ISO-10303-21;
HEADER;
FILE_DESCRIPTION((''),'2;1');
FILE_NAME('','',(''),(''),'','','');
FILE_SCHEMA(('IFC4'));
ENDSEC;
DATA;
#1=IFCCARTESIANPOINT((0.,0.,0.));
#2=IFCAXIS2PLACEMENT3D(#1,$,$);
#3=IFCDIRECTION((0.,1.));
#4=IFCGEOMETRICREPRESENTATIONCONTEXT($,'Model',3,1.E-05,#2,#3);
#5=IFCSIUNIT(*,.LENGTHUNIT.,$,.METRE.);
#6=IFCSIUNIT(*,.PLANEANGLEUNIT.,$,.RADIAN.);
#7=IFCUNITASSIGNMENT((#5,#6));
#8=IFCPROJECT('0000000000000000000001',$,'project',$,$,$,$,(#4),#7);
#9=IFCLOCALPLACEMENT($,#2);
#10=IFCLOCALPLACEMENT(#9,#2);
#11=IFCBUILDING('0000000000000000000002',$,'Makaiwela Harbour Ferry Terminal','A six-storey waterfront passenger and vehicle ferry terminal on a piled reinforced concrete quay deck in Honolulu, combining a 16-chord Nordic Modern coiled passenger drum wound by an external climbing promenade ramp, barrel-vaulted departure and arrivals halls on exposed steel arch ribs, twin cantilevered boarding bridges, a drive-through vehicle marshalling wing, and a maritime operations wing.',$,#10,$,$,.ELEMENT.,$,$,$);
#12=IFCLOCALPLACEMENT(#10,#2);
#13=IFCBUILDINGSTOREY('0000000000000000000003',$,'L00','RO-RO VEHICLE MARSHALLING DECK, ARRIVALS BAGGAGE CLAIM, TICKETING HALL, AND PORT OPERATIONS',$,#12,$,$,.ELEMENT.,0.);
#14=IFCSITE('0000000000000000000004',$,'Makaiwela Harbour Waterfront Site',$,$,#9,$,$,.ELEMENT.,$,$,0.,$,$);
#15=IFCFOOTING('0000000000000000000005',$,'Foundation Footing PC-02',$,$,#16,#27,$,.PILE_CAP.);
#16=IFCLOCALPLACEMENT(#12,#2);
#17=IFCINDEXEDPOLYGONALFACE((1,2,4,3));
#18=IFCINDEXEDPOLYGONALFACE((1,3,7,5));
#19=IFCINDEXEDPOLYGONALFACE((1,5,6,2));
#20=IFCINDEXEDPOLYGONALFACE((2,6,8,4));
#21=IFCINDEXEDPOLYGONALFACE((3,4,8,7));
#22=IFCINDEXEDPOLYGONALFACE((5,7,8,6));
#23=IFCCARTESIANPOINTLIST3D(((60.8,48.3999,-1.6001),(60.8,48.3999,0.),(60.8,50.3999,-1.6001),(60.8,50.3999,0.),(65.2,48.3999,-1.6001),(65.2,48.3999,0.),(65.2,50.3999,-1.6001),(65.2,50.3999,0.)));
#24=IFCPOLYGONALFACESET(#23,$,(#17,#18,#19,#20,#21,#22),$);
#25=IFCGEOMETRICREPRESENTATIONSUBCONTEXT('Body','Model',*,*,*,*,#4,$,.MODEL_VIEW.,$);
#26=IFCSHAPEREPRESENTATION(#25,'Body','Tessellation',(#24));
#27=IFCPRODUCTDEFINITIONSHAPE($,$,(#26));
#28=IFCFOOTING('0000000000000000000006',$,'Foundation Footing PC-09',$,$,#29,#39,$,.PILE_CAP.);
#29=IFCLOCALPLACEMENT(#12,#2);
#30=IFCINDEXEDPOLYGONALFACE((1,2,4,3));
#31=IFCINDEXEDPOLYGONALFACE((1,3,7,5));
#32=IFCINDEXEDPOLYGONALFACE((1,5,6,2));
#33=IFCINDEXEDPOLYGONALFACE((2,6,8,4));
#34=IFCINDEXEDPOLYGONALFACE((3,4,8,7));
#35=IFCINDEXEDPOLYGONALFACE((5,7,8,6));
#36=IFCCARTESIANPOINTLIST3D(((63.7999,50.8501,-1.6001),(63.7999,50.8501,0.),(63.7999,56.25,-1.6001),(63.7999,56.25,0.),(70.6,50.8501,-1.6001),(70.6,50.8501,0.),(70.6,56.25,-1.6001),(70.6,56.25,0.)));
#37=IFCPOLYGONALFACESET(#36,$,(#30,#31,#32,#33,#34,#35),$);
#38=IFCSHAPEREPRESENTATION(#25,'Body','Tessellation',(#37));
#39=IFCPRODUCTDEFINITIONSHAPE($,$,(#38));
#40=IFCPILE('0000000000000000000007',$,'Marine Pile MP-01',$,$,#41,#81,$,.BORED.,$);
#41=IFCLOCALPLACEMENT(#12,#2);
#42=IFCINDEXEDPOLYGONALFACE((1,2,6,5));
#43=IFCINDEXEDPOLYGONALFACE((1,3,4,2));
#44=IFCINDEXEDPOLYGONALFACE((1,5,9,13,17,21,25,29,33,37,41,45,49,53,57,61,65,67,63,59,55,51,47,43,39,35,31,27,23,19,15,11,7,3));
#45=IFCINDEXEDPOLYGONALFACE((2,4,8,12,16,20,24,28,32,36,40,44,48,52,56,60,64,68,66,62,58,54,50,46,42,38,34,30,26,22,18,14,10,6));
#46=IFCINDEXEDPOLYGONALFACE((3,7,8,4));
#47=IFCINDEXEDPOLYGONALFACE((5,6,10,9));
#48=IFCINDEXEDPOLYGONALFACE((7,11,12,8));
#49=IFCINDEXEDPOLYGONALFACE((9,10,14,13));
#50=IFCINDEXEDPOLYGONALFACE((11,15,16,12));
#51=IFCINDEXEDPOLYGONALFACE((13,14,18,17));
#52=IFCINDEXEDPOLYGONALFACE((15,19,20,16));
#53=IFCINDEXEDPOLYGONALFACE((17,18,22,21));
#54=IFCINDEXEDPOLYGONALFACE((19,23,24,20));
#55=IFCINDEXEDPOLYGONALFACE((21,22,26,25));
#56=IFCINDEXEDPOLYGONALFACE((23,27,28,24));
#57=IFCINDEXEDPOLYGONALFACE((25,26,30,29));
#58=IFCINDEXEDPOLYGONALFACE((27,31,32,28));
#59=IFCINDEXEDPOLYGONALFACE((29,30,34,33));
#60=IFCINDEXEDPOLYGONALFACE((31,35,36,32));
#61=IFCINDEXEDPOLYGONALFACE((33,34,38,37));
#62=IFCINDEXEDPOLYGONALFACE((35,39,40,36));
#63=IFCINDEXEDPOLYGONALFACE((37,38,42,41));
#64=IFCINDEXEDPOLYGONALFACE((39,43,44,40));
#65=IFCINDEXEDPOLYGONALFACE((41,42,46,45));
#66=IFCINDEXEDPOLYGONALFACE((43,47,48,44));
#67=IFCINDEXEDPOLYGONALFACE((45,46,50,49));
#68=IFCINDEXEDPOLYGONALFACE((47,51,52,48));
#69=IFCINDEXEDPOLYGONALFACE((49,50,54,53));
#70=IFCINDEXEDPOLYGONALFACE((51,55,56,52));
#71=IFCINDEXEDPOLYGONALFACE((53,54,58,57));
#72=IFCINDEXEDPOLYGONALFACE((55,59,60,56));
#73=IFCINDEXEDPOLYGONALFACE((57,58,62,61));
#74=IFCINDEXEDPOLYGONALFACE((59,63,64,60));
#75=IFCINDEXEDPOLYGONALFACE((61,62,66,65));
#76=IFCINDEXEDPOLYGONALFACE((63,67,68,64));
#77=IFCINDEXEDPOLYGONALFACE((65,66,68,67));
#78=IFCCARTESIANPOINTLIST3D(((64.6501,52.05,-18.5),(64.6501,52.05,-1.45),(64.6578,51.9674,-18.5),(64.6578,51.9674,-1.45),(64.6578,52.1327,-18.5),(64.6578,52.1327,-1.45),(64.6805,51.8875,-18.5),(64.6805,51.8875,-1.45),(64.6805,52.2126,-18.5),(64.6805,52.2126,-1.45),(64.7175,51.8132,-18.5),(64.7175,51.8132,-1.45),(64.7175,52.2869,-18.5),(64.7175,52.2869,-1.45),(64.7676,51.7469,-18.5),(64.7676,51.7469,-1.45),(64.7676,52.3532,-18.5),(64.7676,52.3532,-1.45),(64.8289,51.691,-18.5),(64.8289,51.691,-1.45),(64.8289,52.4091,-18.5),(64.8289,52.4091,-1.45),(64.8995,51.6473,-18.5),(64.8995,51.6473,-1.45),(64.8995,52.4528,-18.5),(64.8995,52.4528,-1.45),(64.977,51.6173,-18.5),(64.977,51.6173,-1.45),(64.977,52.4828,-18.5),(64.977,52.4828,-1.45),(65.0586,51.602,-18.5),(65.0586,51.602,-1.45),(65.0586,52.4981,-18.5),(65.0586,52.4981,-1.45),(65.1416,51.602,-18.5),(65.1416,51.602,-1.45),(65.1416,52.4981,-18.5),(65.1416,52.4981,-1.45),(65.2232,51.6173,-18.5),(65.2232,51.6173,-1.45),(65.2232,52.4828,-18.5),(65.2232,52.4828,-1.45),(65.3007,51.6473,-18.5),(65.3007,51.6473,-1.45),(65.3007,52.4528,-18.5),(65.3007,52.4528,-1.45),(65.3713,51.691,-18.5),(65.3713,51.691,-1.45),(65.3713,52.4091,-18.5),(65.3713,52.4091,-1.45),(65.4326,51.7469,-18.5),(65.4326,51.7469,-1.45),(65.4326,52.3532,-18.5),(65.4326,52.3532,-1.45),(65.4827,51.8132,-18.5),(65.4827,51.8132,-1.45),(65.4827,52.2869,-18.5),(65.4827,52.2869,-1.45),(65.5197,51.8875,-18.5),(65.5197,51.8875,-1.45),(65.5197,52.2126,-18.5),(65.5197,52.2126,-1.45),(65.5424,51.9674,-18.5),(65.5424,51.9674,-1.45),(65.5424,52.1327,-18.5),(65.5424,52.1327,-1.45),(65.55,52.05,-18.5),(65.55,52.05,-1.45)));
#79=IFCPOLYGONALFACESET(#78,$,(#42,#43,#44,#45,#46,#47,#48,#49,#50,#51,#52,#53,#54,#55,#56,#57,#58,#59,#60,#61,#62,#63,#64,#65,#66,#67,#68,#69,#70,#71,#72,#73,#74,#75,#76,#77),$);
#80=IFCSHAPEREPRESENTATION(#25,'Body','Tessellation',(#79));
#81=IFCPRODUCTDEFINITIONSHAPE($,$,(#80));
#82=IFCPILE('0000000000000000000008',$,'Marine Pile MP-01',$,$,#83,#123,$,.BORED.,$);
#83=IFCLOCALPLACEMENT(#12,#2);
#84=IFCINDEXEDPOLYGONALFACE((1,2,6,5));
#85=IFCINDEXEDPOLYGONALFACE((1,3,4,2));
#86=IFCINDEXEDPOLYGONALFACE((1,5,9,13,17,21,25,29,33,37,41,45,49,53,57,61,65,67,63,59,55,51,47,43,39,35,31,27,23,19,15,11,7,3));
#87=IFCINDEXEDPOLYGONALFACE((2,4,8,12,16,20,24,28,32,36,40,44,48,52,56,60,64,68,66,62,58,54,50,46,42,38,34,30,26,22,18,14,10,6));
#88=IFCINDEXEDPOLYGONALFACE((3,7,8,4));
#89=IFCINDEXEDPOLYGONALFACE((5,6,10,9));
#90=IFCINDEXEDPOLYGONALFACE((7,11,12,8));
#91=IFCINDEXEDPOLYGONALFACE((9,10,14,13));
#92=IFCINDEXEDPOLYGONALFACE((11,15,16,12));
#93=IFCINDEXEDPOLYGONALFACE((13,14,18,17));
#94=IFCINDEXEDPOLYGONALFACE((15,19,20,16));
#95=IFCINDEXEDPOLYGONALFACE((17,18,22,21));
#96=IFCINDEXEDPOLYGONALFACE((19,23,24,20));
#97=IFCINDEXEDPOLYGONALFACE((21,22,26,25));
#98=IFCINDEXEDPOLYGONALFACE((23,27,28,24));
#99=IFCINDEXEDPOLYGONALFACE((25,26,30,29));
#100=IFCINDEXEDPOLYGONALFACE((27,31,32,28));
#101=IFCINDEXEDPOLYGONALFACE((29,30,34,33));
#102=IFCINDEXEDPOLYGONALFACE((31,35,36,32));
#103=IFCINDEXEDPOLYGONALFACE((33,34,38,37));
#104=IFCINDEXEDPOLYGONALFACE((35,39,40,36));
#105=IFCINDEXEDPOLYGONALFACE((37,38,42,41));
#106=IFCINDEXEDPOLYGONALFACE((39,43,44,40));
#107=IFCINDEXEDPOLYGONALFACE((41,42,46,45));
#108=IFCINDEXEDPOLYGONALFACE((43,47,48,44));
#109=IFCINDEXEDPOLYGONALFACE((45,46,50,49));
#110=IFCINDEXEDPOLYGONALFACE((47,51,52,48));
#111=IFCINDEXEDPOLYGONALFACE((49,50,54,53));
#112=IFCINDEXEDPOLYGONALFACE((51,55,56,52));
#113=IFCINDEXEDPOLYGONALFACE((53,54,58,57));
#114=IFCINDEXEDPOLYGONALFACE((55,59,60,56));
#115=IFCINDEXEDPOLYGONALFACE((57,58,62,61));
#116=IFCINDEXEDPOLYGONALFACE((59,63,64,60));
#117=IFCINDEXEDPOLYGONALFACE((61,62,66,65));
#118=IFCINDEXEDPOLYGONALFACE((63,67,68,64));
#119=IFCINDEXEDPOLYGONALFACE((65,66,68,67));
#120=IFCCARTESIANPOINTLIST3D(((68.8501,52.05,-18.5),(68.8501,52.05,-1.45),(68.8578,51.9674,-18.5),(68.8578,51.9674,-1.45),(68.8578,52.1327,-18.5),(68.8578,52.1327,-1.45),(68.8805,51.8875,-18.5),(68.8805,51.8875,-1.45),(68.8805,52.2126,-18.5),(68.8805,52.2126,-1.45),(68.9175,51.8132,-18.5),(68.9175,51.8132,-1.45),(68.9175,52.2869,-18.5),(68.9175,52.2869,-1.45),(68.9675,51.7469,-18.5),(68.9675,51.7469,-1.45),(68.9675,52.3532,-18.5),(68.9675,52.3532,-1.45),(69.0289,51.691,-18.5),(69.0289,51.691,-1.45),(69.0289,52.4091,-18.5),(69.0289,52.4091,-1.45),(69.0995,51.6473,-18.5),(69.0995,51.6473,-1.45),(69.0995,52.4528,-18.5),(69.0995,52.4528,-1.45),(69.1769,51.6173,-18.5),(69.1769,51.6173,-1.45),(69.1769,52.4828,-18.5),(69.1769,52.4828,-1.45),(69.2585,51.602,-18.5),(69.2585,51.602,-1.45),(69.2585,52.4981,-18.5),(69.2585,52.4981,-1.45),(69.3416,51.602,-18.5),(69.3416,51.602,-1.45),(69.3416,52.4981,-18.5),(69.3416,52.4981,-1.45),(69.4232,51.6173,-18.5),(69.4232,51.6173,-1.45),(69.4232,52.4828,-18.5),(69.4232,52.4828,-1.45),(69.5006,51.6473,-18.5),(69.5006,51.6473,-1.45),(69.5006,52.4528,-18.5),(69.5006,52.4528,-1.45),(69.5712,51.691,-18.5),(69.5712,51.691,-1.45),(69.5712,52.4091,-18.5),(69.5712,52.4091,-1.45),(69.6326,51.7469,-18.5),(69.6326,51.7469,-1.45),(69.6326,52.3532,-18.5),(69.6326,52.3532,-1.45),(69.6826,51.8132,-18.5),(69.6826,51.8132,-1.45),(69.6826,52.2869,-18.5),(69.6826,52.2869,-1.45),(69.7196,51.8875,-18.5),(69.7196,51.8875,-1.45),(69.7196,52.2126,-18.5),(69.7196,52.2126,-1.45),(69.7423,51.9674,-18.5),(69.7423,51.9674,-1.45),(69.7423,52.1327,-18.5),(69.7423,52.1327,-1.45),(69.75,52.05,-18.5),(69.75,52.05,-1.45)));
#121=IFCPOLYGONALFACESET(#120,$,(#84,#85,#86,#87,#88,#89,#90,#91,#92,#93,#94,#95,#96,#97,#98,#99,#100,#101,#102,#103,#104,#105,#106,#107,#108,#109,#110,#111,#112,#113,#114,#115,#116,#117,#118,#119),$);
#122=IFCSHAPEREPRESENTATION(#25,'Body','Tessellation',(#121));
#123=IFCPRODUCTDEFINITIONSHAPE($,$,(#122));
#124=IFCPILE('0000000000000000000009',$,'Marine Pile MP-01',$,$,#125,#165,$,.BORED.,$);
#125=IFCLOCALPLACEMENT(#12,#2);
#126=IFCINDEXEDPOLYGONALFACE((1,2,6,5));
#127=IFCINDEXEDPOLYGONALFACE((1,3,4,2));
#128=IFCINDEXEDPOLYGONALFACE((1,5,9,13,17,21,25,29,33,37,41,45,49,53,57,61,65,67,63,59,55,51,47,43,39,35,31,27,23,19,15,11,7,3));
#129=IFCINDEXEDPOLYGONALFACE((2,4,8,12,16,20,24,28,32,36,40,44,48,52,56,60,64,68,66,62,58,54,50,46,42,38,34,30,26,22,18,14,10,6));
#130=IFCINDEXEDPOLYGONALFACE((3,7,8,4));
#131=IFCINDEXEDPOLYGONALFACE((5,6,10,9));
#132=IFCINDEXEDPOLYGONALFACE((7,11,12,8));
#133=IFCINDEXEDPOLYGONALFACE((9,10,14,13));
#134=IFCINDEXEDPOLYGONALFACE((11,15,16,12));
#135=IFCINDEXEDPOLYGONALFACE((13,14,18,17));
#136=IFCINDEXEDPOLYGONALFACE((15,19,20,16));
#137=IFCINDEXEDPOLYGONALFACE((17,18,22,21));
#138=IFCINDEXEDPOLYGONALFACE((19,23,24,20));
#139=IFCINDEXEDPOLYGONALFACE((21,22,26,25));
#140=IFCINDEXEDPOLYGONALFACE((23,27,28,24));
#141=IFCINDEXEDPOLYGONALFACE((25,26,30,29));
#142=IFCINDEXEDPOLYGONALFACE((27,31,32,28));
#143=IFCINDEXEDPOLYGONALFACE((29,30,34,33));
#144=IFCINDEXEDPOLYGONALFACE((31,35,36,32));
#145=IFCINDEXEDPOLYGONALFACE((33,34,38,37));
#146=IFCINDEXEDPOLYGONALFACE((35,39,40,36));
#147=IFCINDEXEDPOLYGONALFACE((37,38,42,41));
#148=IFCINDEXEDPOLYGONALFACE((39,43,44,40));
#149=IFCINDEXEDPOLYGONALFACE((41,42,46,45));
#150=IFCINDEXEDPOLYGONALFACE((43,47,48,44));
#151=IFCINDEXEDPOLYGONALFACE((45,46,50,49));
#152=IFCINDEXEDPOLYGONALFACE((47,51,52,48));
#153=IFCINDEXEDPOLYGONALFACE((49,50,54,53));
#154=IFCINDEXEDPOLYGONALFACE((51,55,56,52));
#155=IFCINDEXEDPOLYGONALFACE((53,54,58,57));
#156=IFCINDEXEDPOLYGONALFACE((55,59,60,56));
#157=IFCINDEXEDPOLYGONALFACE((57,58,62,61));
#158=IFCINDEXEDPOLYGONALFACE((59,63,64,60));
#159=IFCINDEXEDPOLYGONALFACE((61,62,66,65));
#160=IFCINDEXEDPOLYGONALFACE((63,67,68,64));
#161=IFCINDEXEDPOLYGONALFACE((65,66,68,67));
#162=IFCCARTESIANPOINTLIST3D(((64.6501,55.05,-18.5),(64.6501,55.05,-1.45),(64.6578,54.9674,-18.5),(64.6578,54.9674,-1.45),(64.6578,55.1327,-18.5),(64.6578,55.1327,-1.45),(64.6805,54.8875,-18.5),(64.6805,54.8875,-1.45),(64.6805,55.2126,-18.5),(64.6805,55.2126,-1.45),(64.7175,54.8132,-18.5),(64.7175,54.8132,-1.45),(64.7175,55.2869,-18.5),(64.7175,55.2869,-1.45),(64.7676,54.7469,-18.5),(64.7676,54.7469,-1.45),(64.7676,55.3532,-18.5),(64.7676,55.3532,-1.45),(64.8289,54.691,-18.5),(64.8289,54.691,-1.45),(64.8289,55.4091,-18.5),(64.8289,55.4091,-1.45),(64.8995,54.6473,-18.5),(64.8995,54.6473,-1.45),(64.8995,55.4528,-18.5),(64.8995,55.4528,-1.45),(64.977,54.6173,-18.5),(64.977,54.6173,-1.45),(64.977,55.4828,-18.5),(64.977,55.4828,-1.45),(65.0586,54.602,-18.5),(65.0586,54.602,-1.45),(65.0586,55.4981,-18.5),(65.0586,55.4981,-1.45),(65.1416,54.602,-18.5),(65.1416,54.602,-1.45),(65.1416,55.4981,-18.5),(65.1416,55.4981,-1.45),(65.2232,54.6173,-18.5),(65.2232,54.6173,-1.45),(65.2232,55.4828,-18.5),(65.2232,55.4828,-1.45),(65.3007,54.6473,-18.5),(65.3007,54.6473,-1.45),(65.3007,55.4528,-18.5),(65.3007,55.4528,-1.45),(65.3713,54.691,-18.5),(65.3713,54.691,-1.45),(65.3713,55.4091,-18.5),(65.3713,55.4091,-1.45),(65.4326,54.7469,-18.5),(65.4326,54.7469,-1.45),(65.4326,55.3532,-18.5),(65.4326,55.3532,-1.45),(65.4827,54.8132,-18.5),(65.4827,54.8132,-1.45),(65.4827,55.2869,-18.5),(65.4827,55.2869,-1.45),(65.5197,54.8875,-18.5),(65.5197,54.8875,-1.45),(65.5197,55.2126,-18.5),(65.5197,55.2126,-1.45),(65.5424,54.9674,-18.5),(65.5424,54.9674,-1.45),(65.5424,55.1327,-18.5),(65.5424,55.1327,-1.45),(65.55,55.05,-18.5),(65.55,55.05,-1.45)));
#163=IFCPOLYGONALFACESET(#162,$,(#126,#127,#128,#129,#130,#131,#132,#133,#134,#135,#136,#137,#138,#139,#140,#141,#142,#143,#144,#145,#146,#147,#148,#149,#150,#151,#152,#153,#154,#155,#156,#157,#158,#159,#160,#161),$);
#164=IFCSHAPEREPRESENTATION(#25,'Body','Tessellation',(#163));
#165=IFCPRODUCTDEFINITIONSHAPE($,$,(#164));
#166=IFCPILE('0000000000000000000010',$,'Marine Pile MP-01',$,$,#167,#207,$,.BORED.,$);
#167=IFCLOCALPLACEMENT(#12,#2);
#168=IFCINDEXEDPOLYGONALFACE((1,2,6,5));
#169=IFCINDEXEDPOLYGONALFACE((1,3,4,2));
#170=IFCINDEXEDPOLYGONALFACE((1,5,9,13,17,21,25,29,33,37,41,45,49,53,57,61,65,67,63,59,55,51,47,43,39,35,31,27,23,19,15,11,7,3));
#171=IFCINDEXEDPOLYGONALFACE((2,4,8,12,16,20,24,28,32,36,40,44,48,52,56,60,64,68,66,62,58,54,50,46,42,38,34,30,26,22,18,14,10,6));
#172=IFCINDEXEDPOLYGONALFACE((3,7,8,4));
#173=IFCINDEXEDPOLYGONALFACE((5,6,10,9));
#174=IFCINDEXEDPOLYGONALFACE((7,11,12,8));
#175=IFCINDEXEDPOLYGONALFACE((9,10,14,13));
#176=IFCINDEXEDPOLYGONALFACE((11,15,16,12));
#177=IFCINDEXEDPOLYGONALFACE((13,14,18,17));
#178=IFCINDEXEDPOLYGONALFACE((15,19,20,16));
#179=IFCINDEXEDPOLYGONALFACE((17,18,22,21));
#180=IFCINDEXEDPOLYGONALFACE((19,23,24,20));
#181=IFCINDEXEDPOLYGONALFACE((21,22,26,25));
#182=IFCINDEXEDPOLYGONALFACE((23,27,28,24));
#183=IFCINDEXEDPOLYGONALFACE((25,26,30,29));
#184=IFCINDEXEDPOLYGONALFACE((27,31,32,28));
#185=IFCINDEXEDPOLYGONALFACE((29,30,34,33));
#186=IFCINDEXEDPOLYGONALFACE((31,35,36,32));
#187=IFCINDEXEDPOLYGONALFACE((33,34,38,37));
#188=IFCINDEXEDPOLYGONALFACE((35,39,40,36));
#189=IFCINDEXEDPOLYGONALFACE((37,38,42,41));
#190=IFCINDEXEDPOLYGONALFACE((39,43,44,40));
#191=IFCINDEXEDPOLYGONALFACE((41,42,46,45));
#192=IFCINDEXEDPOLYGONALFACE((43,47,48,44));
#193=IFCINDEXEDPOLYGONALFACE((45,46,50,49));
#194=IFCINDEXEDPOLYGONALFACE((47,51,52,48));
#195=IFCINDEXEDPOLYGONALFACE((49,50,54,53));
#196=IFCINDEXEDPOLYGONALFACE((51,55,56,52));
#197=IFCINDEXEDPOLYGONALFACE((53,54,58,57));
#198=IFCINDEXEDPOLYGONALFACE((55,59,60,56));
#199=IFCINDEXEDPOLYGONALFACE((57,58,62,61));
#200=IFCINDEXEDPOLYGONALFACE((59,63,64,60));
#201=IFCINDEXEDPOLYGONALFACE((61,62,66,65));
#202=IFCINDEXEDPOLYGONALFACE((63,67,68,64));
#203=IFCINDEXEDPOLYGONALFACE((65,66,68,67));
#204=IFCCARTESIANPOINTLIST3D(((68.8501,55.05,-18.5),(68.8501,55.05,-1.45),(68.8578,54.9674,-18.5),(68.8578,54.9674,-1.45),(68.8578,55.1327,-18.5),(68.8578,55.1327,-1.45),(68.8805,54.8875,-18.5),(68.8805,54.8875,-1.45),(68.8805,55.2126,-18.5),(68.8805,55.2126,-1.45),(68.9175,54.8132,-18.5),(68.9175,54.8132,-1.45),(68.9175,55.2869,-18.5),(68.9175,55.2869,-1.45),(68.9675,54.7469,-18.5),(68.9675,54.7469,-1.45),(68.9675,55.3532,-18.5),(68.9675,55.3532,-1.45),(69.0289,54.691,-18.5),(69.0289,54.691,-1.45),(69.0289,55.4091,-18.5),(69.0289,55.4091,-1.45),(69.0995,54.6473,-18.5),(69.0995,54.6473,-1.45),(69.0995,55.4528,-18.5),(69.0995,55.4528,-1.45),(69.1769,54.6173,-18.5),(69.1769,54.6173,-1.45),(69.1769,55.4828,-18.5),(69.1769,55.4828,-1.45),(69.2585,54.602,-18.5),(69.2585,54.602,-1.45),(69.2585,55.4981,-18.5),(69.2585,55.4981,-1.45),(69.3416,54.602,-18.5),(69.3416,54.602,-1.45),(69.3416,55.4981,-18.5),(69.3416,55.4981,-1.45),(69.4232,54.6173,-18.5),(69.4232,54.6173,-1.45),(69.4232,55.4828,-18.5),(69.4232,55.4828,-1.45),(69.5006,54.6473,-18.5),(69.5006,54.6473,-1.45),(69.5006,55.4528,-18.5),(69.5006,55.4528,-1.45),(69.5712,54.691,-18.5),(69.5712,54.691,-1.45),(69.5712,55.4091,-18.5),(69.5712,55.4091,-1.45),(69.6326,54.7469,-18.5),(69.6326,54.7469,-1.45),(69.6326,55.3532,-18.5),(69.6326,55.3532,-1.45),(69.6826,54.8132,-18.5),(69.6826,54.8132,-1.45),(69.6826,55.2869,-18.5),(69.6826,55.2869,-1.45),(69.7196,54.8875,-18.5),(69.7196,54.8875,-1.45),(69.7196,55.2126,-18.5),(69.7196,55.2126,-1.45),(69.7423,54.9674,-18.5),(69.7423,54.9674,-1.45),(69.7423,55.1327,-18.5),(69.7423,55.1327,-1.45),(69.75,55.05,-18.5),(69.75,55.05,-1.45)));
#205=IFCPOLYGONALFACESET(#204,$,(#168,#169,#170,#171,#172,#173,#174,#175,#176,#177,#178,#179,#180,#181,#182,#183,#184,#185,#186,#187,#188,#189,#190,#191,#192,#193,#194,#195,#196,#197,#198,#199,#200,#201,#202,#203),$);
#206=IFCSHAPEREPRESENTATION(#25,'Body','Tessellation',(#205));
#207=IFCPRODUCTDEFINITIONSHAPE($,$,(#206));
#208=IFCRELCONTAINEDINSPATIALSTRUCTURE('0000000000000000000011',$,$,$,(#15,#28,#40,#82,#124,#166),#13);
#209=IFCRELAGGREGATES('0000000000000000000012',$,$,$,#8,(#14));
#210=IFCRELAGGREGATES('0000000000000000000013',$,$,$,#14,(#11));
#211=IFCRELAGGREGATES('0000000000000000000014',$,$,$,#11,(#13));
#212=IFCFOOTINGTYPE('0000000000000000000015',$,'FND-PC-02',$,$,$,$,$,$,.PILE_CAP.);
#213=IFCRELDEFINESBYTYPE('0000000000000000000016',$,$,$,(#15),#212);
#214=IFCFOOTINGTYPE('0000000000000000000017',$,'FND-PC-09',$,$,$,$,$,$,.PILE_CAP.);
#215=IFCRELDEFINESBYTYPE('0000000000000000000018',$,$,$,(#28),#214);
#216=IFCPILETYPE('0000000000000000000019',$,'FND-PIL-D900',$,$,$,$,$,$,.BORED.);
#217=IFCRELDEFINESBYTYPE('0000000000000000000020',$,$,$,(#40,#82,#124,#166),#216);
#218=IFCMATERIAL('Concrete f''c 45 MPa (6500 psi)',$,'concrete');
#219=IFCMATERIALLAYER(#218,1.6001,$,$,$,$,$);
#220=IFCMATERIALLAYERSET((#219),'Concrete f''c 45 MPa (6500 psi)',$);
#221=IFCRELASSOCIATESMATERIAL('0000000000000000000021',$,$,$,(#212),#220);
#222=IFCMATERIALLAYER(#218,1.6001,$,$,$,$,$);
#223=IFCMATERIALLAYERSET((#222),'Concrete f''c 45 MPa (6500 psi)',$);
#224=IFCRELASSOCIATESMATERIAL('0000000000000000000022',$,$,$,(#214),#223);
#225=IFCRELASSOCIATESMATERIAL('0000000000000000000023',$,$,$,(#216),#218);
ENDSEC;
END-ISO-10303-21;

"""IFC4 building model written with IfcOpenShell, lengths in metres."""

from ifc_helpers import new_model, si_unit, direction, frame, origin, origin_2d, place, context, subcontext, project, spatial, rectangle, circle, extrude, material, layer, layer_set, material_profile, profile_set, type_object, element, save


model = new_model("IFC4")

# Units and contexts
model_context = context("Model", 3, precision=1e-05, world=origin(), true_north=direction((0.0, 1.0)))
body_context = subcontext(model_context, "Body", "Model", "MODEL_VIEW")
ifc_project = project(units=[si_unit("LENGTHUNIT", "METRE"), si_unit("PLANEANGLEUNIT", "RADIAN")], contexts=[model_context])

# Site, building, storey
site_placement = place(None, origin())
site = spatial("IfcSite", under=ifc_project, at=site_placement, Name="Makaiwela Harbour Waterfront Site", CompositionType="ELEMENT", RefElevation=0.0)
building_placement = place(site_placement, origin())
building = spatial("IfcBuilding", under=site, at=building_placement, Name="Makaiwela Harbour Ferry Terminal", Description="A six-storey waterfront passenger and vehicle ferry terminal on a piled reinforced concrete quay deck in Honolulu, combining a 16-chord Nordic Modern coiled passenger drum wound by an external climbing promenade ramp, barrel-vaulted departure and arrivals halls on exposed steel arch ribs, twin cantilevered boarding bridges, a drive-through vehicle marshalling wing, and a maritime operations wing.", CompositionType="ELEMENT")
storey_placement = place(building_placement, origin())
storey = spatial("IfcBuildingStorey", under=building, at=storey_placement, Name="L00", Description="RO-RO VEHICLE MARSHALLING DECK, ARRIVALS BAGGAGE CLAIM, TICKETING HALL, AND PORT OPERATIONS", CompositionType="ELEMENT", Elevation=0.0)

# Footings
ifc_material_1 = material(Name="Concrete f'c 45 MPa (6500 psi)", Category="concrete")
ifc_layer_1 = layer(ifc_material_1, 1.6001)
ifc_layer_set_1 = layer_set([ifc_layer_1], Name="Concrete f'c 45 MPa (6500 psi)")
footing_type_1 = type_object("IfcFootingType", Name="FND-PC-02", PredefinedType="PILE_CAP", material=ifc_layer_set_1)
footing_1_placement = place(storey_placement, frame((63.0, 49.3999, -1.6001), z_axis=(0.0, 0.0, 1.0), x_axis=(1.0, 0.0, 0.0)))
element("IfcFooting", 1, at=footing_1_placement, inside=storey, type_object=footing_type_1, Name="Foundation Footing PC-02", PredefinedType="PILE_CAP", context=body_context, shape_type="SweptSolid", body=[
    extrude(rectangle(XDim=4.3999, YDim=2.0, at=origin_2d()), origin(), (0.0, 0.0, 1.0), 1.6001),
])
ifc_layer_2 = layer(ifc_material_1, 1.6001)
ifc_layer_set_2 = layer_set([ifc_layer_2], Name="Concrete f'c 45 MPa (6500 psi)")
footing_type_2 = type_object("IfcFootingType", Name="FND-PC-09", PredefinedType="PILE_CAP", material=ifc_layer_set_2)
footing_2_placement = place(storey_placement, frame((67.2, 53.55, -1.6001), z_axis=(0.0, 0.0, 1.0), x_axis=(1.0, 0.0, 0.0)))
element("IfcFooting", 2, at=footing_2_placement, inside=storey, type_object=footing_type_2, Name="Foundation Footing PC-09", PredefinedType="PILE_CAP", context=body_context, shape_type="SweptSolid", body=[
    extrude(rectangle(XDim=6.8, YDim=5.3999, at=origin_2d()), origin(), (0.0, 0.0, 1.0), 1.6001),
])

# Piles
ifc_material_profile_1 = material_profile(ifc_material_1, circle(Radius=0.45, at=origin_2d()), Name="PILE-D900")
ifc_profile_set_1 = profile_set([ifc_material_profile_1], Name="Concrete f'c 45 MPa (6500 psi)")
pile_type = type_object("IfcPileType", Name="FND-PIL-D900", PredefinedType="BORED", material=ifc_profile_set_1)
for number, where, z_axis, x_axis, name in (
    (3, (65.1001, 52.05, -1.45), (0.0, 0.0, -1.0), (1.0, 0.0, 0.0), "Marine Pile MP-01"),
    (4, (69.3, 52.05, -1.45), (0.0, 0.0, -1.0), (1.0, 0.0, 0.0), "Marine Pile MP-01"),
    (5, (65.1001, 55.05, -1.45), (0.0, 0.0, -1.0), (1.0, 0.0, 0.0), "Marine Pile MP-01"),
    (6, (69.3, 55.05, -1.45), (0.0, 0.0, -1.0), (1.0, 0.0, 0.0), "Marine Pile MP-01"),
):
    element("IfcPile", number, at=place(storey_placement, frame(where, z_axis=z_axis, x_axis=x_axis)), inside=storey, type_object=pile_type, Name=name, PredefinedType="BORED", context=body_context, shape_type="SweptSolid", body=[
        extrude(circle(Radius=0.45, at=origin_2d()), origin(), (0.0, 0.0, 1.0), 17.05),
    ])

save(model, "model.ifc")
